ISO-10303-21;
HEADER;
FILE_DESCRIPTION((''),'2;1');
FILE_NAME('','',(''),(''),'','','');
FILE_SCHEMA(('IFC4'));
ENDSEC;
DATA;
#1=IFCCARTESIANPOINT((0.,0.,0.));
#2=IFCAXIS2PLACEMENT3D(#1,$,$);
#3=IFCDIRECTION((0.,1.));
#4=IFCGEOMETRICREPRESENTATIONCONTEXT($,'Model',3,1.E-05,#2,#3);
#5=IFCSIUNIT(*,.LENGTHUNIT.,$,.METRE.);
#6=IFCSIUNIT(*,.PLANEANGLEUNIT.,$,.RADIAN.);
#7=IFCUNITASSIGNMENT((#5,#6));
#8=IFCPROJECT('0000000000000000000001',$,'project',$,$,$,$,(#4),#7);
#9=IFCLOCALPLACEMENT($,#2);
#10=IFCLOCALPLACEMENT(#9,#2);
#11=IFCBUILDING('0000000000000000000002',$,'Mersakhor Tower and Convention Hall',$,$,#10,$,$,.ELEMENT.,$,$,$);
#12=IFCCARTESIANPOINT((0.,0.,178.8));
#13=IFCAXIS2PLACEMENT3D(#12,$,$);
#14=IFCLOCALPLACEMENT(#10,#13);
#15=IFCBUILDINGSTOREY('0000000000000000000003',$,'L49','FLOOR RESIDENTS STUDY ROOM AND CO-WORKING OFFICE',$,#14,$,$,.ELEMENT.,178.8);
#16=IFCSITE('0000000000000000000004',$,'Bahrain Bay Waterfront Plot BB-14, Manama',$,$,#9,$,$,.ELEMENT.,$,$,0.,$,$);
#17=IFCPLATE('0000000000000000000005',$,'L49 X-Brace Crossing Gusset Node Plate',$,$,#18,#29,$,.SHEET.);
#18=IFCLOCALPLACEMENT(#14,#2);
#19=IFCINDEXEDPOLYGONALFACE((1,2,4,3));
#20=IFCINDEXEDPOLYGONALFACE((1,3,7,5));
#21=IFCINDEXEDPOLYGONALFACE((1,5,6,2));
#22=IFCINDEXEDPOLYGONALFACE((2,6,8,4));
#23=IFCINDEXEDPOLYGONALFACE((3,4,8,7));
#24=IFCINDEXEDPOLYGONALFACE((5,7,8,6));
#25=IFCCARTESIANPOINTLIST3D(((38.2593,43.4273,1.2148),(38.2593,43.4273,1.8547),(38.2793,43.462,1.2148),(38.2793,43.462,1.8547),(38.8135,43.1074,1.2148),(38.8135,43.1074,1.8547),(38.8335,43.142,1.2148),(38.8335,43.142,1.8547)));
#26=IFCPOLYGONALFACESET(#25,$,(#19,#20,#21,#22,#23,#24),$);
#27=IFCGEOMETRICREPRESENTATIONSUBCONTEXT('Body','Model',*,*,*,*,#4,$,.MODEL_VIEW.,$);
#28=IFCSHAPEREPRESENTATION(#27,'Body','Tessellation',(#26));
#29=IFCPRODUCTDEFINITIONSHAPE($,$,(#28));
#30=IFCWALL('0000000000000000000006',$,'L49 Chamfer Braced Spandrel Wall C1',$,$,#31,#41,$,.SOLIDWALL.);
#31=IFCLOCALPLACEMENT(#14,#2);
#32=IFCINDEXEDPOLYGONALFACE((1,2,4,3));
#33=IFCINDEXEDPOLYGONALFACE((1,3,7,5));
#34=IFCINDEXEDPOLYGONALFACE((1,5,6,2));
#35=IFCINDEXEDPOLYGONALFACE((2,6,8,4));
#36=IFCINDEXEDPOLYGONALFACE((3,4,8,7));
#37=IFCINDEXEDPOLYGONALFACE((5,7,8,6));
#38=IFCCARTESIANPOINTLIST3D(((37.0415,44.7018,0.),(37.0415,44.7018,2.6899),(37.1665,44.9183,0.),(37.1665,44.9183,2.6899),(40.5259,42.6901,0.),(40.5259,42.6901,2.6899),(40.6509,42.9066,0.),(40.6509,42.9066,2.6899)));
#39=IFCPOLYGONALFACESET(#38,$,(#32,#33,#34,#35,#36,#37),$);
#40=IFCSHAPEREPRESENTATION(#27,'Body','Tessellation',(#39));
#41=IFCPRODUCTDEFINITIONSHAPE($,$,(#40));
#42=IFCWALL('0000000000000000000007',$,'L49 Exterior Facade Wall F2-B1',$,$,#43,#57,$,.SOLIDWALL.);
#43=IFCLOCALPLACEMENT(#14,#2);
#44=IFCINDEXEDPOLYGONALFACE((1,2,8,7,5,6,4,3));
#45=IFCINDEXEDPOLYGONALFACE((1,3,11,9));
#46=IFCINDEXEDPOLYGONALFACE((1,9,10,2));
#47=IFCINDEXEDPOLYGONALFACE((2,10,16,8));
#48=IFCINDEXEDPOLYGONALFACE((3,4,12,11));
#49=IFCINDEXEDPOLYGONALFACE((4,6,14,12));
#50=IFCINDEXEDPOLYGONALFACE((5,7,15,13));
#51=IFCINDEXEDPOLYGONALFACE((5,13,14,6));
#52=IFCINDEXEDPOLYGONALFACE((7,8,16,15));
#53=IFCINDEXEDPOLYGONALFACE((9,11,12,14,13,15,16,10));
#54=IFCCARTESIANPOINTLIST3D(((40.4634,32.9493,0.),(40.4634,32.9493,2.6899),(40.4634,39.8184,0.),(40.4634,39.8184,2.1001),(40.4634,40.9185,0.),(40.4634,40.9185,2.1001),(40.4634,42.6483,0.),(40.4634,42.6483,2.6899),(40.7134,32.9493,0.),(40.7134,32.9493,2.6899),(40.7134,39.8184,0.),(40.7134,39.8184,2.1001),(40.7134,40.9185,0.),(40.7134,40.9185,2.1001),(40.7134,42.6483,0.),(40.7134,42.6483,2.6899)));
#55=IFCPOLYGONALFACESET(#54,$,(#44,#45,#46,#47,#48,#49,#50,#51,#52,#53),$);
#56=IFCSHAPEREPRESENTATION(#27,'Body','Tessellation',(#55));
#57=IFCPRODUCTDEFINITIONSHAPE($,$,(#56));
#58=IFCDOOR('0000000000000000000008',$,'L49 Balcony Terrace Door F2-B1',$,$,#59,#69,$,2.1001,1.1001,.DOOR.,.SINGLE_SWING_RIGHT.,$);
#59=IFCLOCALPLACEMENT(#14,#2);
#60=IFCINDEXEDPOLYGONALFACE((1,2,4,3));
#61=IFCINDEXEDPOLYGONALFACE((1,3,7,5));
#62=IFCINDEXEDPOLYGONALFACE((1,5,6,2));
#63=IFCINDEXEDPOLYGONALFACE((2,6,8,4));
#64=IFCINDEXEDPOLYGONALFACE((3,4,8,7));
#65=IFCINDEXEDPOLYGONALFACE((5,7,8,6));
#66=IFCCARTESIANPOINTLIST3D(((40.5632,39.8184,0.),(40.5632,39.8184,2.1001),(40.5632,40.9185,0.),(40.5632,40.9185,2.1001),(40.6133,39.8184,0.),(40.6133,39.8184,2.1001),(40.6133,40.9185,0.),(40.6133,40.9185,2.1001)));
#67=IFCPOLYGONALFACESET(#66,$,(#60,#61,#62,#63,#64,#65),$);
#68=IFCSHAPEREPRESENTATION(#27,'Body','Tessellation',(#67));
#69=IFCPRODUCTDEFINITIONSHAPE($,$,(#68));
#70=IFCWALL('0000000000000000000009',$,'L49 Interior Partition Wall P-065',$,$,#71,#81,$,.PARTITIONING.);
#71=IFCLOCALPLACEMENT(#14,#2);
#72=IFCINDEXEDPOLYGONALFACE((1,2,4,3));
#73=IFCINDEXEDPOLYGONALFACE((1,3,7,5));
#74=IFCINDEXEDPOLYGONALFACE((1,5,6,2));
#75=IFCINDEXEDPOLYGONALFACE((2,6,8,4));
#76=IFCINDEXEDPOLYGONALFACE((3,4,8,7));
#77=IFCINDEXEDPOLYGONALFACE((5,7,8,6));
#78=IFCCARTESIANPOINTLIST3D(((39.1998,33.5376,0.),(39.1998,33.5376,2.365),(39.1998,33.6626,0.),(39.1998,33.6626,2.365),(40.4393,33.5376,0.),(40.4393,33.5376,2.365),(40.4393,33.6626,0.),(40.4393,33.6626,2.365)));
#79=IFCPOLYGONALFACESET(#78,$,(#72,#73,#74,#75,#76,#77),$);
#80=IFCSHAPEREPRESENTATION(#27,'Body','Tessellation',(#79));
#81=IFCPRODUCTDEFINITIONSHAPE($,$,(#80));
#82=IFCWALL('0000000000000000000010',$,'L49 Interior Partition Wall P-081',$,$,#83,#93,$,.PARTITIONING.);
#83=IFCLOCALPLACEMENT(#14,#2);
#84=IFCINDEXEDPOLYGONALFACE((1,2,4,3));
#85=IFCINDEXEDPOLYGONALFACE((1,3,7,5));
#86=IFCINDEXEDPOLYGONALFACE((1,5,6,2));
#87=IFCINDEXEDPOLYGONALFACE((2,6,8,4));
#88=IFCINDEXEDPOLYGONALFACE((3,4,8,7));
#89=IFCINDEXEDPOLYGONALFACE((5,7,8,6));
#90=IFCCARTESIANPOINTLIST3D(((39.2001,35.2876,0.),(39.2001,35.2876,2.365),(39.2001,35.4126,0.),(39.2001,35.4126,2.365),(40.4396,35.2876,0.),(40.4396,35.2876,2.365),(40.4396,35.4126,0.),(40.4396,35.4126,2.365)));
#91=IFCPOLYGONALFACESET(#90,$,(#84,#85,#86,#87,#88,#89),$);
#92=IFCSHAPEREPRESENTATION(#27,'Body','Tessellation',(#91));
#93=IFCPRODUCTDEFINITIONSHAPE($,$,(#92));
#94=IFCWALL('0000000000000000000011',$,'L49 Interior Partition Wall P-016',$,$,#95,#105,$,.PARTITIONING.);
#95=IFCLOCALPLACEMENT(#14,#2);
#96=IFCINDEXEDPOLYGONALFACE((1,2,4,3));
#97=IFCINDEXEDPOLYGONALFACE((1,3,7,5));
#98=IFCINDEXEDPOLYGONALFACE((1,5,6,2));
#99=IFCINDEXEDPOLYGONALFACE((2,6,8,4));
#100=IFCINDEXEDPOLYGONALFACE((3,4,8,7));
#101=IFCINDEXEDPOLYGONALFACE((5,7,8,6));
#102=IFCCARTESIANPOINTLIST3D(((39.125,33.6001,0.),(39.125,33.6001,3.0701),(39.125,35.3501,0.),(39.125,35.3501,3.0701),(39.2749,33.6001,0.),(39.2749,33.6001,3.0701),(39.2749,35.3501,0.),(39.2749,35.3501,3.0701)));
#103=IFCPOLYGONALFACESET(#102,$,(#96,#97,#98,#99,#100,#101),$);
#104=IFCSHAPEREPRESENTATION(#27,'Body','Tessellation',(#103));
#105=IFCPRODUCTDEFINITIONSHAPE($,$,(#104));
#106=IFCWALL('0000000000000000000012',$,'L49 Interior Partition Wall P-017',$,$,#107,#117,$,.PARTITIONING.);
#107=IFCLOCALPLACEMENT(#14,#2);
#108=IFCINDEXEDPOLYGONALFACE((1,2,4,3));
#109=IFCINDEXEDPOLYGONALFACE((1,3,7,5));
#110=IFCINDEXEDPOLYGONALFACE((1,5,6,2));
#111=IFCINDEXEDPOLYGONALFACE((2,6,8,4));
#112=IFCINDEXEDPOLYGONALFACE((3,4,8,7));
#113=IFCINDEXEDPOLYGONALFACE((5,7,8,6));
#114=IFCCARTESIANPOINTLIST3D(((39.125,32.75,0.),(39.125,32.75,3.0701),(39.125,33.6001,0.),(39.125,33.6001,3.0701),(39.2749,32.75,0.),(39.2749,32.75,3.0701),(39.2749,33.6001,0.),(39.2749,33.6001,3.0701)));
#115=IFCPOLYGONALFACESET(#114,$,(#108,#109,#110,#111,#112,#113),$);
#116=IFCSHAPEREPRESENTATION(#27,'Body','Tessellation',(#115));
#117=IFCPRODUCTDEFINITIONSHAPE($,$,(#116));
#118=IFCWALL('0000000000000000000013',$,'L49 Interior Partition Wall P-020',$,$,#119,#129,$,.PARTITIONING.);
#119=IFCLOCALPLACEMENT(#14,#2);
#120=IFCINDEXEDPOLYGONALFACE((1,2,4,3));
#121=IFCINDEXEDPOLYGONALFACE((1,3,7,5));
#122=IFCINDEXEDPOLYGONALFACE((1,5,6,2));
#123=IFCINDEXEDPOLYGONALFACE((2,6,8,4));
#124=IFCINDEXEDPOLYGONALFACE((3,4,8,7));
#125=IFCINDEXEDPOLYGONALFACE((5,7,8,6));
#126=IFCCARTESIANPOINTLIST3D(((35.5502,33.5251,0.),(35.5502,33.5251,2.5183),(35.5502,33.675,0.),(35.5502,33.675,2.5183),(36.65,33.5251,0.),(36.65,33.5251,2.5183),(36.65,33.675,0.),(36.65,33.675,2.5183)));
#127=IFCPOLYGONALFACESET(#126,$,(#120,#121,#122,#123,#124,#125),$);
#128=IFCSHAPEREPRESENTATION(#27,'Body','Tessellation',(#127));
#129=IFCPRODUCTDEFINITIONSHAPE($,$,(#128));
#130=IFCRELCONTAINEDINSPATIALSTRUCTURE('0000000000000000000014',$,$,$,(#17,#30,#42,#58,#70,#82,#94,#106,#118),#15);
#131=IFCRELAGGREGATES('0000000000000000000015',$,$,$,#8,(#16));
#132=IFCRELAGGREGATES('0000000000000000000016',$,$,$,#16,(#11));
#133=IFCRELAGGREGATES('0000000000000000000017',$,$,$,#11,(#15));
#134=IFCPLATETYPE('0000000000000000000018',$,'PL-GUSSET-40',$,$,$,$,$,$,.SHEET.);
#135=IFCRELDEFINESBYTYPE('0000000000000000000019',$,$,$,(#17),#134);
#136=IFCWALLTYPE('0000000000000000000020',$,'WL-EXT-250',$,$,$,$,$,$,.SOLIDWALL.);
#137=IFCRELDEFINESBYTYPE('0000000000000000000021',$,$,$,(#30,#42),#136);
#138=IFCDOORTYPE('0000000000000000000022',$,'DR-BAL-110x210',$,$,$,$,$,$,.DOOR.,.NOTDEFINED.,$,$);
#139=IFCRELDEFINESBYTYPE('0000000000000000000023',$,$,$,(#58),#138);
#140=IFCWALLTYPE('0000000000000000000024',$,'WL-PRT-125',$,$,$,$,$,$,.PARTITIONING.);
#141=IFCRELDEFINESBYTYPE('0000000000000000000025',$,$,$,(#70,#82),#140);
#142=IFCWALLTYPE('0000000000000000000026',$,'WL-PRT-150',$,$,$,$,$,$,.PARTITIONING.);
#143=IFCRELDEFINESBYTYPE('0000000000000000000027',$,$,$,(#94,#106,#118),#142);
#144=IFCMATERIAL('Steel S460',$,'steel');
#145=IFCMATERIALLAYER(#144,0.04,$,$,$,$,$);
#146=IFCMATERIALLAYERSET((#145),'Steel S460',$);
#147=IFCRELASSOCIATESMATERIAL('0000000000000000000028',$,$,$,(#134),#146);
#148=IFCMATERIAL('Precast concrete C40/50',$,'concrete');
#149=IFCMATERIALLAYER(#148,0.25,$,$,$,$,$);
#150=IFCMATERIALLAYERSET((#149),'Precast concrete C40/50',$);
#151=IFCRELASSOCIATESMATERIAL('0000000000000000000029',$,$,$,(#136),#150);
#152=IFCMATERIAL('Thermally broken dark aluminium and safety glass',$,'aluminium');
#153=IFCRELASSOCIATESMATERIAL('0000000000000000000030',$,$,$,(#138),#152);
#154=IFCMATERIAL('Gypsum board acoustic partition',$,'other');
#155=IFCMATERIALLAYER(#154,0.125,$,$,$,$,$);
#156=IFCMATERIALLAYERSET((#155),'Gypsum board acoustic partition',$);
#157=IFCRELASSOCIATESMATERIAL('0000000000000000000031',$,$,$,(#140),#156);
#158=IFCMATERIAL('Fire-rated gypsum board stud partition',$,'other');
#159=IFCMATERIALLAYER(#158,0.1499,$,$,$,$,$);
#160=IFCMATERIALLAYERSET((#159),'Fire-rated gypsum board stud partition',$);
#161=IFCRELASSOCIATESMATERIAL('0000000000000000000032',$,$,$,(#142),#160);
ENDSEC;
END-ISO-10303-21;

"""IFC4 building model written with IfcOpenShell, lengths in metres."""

from ifc_helpers import new_model, si_unit, direction, frame, frame_2d, origin, origin_2d, place, context, subcontext, project, spatial, rectangle, extrude, material, layer, layer_set, type_object, element, fill, save


model = new_model("IFC4")

# Units and contexts
model_context = context("Model", 3, precision=1e-05, world=origin(), true_north=direction((0.0, 1.0)))
body_context = subcontext(model_context, "Body", "Model", "MODEL_VIEW")
ifc_project = project(units=[si_unit("LENGTHUNIT", "METRE"), si_unit("PLANEANGLEUNIT", "RADIAN")], contexts=[model_context])

# Site, building, storey
site_placement = place(None, origin())
site = spatial("IfcSite", under=ifc_project, at=site_placement, Name="Bahrain Bay Waterfront Plot BB-14, Manama", CompositionType="ELEMENT", RefElevation=0.0)
building_placement = place(site_placement, origin())
building = spatial("IfcBuilding", under=site, at=building_placement, Name="Mersakhor Tower and Convention Hall", CompositionType="ELEMENT")
storey_placement = place(building_placement, frame((0.0, 0.0, 178.8)))
storey = spatial("IfcBuildingStorey", under=building, at=storey_placement, Name="L49", Description="FLOOR RESIDENTS STUDY ROOM AND CO-WORKING OFFICE", CompositionType="ELEMENT", Elevation=178.8)

# Plate
ifc_material_1 = material(Name="Steel S460", Category="steel")
ifc_layer_1 = layer(ifc_material_1, 0.04)
ifc_layer_set_1 = layer_set([ifc_layer_1], Name="Steel S460")
plate_type = type_object("IfcPlateType", Name="PL-GUSSET-40", PredefinedType="SHEET", material=ifc_layer_set_1)
plate_placement = place(storey_placement, frame((38.5464, 43.2847, 1.2148), z_axis=(0.0, 0.0, 1.0), x_axis=(-0.866025, 0.5, 0.0)))
element("IfcPlate", 1, at=plate_placement, inside=storey, type_object=plate_type, Name="L49 X-Brace Crossing Gusset Node Plate", PredefinedType="SHEET", context=body_context, shape_type="SweptSolid", body=[
    extrude(rectangle(XDim=0.6399, YDim=0.04, at=origin_2d()), origin(), (0.0, 0.0, 1.0), 0.6399),
])

# Wall
ifc_material_2 = material(Name="Precast concrete C40/50", Category="concrete")
ifc_layer_2 = layer(ifc_material_2, 0.25)
ifc_layer_set_2 = layer_set([ifc_layer_2], Name="Precast concrete C40/50")
wall_type_1 = type_object("IfcWallType", Name="WL-EXT-250", PredefinedType="SOLIDWALL", material=ifc_layer_set_2)
wall_1_placement = place(storey_placement, frame((37.104, 44.8101, 0.0), z_axis=(0.0, 0.0, 1.0), x_axis=(0.866024, -0.500003, 0.0)))
element("IfcWall", 2, at=wall_1_placement, inside=storey, type_object=wall_type_1, Name="L49 Chamfer Braced Spandrel Wall C1", PredefinedType="SOLIDWALL", context=body_context, shape_type="SweptSolid", body=[
    extrude(rectangle(XDim=4.0234, YDim=0.25, at=frame_2d((2.0117, 0.0))), origin(), (0.0, 0.0, 1.0), 2.6899),
])

# Wall, opening, door
wall_2_placement = place(storey_placement, frame((40.5884, 42.6484, 0.0), z_axis=(0.0, 0.0, 1.0), x_axis=(0.0, -1.0, 0.0)))
wall_2 = element("IfcWall", 3, at=wall_2_placement, inside=storey, type_object=wall_type_1, Name="L49 Exterior Facade Wall F2-B1", PredefinedType="SOLIDWALL", context=body_context, shape_type="SweptSolid", body=[
    extrude(rectangle(XDim=9.699, YDim=0.25, at=frame_2d((4.8496, 0.0))), origin(), (0.0, 0.0, 1.0), 2.6899),
])
opening_placement = place(wall_2_placement, frame((1.73, 0.0, 0.0)))
opening = element("IfcOpeningElement", 4, at=opening_placement, cuts=wall_2, PredefinedType="OPENING", context=body_context, shape_type="SweptSolid", body=[
    extrude(rectangle(XDim=1.1001, YDim=2.1001, at=frame_2d((0.55, 1.05))), frame((0.0, 0.135, 0.0), z_axis=(0.0, -1.0, 0.0), x_axis=(1.0, 0.0, 0.0)), (0.0, 0.0, 1.0), 0.27),
])
ifc_material_3 = material(Name="Thermally broken dark aluminium and safety glass", Category="aluminium")
door_type = type_object("IfcDoorType", Name="DR-BAL-110x210", OperationType="NOTDEFINED", PredefinedType="DOOR", material=ifc_material_3)
door_placement = place(opening_placement, origin())
door = element("IfcDoor", 5, at=door_placement, inside=storey, type_object=door_type, Name="L49 Balcony Terrace Door F2-B1", OperationType="SINGLE_SWING_RIGHT", OverallHeight=2.1001, OverallWidth=1.1001, PredefinedType="DOOR", context=body_context, shape_type="SweptSolid", body=[
    extrude(rectangle(XDim=1.1001, YDim=2.1001, at=frame_2d((0.55, 1.05))), frame((0.0, 0.0249, 0.0), z_axis=(0.0, -1.0, 0.0), x_axis=(1.0, 0.0, 0.0)), (0.0, 0.0, 1.0), 0.05),
])
fill(opening, door)

# Walls
ifc_material_4 = material(Name="Gypsum board acoustic partition", Category="other")
ifc_layer_3 = layer(ifc_material_4, 0.125)
ifc_layer_set_3 = layer_set([ifc_layer_3], Name="Gypsum board acoustic partition")
wall_type_2 = type_object("IfcWallType", Name="WL-PRT-125", PredefinedType="PARTITIONING", material=ifc_layer_set_3)
for number, where, z_axis, x_axis, name in (
    (6, (39.2, 33.6001, 0.0), (0.0, 0.0, 1.0), (1.0, 0.0, 0.0), "L49 Interior Partition Wall P-065"),
    (7, (40.4395, 35.3501, 0.0), (0.0, 0.0, 1.0), (-1.0, 0.0, 0.0), "L49 Interior Partition Wall P-081"),
):
    element("IfcWall", number, at=place(storey_placement, frame(where, z_axis=z_axis, x_axis=x_axis)), inside=storey, type_object=wall_type_2, Name=name, PredefinedType="PARTITIONING", context=body_context, shape_type="SweptSolid", body=[
        extrude(rectangle(XDim=1.2395, YDim=0.125, at=frame_2d((0.6196, 0.0))), origin(), (0.0, 0.0, 1.0), 2.365),
    ])
ifc_material_5 = material(Name="Fire-rated gypsum board stud partition", Category="other")
ifc_layer_4 = layer(ifc_material_5, 0.1499)
ifc_layer_set_4 = layer_set([ifc_layer_4], Name="Fire-rated gypsum board stud partition")
wall_type_3 = type_object("IfcWallType", Name="WL-PRT-150", PredefinedType="PARTITIONING", material=ifc_layer_set_4)
wall_3_placement = place(storey_placement, frame((39.2, 35.3501, 0.0), z_axis=(0.0, 0.0, 1.0), x_axis=(0.0, -1.0, 0.0)))
element("IfcWall", 8, at=wall_3_placement, inside=storey, type_object=wall_type_3, Name="L49 Interior Partition Wall P-016", PredefinedType="PARTITIONING", context=body_context, shape_type="SweptSolid", body=[
    extrude(rectangle(XDim=1.75, YDim=0.1499, at=frame_2d((0.875, 0.0))), origin(), (0.0, 0.0, 1.0), 3.0701),
])
wall_4_placement = place(storey_placement, frame((39.2, 33.6001, 0.0), z_axis=(0.0, 0.0, 1.0), x_axis=(0.0, -1.0, 0.0)))
element("IfcWall", 9, at=wall_4_placement, inside=storey, type_object=wall_type_3, Name="L49 Interior Partition Wall P-017", PredefinedType="PARTITIONING", context=body_context, shape_type="SweptSolid", body=[
    extrude(rectangle(XDim=0.8501, YDim=0.1499, at=frame_2d((0.425, 0.0))), origin(), (0.0, 0.0, 1.0), 3.0701),
])
wall_5_placement = place(storey_placement, frame((36.6499, 33.6001, 0.0), z_axis=(0.0, 0.0, 1.0), x_axis=(-1.0, 0.0, 0.0)))
element("IfcWall", 10, at=wall_5_placement, inside=storey, type_object=wall_type_3, Name="L49 Interior Partition Wall P-020", PredefinedType="PARTITIONING", context=body_context, shape_type="SweptSolid", body=[
    extrude(rectangle(XDim=1.0999, YDim=0.1499, at=frame_2d((0.5498, 0.0))), origin(), (0.0, 0.0, 1.0), 2.5183),
])

save(model, "model.ifc")
